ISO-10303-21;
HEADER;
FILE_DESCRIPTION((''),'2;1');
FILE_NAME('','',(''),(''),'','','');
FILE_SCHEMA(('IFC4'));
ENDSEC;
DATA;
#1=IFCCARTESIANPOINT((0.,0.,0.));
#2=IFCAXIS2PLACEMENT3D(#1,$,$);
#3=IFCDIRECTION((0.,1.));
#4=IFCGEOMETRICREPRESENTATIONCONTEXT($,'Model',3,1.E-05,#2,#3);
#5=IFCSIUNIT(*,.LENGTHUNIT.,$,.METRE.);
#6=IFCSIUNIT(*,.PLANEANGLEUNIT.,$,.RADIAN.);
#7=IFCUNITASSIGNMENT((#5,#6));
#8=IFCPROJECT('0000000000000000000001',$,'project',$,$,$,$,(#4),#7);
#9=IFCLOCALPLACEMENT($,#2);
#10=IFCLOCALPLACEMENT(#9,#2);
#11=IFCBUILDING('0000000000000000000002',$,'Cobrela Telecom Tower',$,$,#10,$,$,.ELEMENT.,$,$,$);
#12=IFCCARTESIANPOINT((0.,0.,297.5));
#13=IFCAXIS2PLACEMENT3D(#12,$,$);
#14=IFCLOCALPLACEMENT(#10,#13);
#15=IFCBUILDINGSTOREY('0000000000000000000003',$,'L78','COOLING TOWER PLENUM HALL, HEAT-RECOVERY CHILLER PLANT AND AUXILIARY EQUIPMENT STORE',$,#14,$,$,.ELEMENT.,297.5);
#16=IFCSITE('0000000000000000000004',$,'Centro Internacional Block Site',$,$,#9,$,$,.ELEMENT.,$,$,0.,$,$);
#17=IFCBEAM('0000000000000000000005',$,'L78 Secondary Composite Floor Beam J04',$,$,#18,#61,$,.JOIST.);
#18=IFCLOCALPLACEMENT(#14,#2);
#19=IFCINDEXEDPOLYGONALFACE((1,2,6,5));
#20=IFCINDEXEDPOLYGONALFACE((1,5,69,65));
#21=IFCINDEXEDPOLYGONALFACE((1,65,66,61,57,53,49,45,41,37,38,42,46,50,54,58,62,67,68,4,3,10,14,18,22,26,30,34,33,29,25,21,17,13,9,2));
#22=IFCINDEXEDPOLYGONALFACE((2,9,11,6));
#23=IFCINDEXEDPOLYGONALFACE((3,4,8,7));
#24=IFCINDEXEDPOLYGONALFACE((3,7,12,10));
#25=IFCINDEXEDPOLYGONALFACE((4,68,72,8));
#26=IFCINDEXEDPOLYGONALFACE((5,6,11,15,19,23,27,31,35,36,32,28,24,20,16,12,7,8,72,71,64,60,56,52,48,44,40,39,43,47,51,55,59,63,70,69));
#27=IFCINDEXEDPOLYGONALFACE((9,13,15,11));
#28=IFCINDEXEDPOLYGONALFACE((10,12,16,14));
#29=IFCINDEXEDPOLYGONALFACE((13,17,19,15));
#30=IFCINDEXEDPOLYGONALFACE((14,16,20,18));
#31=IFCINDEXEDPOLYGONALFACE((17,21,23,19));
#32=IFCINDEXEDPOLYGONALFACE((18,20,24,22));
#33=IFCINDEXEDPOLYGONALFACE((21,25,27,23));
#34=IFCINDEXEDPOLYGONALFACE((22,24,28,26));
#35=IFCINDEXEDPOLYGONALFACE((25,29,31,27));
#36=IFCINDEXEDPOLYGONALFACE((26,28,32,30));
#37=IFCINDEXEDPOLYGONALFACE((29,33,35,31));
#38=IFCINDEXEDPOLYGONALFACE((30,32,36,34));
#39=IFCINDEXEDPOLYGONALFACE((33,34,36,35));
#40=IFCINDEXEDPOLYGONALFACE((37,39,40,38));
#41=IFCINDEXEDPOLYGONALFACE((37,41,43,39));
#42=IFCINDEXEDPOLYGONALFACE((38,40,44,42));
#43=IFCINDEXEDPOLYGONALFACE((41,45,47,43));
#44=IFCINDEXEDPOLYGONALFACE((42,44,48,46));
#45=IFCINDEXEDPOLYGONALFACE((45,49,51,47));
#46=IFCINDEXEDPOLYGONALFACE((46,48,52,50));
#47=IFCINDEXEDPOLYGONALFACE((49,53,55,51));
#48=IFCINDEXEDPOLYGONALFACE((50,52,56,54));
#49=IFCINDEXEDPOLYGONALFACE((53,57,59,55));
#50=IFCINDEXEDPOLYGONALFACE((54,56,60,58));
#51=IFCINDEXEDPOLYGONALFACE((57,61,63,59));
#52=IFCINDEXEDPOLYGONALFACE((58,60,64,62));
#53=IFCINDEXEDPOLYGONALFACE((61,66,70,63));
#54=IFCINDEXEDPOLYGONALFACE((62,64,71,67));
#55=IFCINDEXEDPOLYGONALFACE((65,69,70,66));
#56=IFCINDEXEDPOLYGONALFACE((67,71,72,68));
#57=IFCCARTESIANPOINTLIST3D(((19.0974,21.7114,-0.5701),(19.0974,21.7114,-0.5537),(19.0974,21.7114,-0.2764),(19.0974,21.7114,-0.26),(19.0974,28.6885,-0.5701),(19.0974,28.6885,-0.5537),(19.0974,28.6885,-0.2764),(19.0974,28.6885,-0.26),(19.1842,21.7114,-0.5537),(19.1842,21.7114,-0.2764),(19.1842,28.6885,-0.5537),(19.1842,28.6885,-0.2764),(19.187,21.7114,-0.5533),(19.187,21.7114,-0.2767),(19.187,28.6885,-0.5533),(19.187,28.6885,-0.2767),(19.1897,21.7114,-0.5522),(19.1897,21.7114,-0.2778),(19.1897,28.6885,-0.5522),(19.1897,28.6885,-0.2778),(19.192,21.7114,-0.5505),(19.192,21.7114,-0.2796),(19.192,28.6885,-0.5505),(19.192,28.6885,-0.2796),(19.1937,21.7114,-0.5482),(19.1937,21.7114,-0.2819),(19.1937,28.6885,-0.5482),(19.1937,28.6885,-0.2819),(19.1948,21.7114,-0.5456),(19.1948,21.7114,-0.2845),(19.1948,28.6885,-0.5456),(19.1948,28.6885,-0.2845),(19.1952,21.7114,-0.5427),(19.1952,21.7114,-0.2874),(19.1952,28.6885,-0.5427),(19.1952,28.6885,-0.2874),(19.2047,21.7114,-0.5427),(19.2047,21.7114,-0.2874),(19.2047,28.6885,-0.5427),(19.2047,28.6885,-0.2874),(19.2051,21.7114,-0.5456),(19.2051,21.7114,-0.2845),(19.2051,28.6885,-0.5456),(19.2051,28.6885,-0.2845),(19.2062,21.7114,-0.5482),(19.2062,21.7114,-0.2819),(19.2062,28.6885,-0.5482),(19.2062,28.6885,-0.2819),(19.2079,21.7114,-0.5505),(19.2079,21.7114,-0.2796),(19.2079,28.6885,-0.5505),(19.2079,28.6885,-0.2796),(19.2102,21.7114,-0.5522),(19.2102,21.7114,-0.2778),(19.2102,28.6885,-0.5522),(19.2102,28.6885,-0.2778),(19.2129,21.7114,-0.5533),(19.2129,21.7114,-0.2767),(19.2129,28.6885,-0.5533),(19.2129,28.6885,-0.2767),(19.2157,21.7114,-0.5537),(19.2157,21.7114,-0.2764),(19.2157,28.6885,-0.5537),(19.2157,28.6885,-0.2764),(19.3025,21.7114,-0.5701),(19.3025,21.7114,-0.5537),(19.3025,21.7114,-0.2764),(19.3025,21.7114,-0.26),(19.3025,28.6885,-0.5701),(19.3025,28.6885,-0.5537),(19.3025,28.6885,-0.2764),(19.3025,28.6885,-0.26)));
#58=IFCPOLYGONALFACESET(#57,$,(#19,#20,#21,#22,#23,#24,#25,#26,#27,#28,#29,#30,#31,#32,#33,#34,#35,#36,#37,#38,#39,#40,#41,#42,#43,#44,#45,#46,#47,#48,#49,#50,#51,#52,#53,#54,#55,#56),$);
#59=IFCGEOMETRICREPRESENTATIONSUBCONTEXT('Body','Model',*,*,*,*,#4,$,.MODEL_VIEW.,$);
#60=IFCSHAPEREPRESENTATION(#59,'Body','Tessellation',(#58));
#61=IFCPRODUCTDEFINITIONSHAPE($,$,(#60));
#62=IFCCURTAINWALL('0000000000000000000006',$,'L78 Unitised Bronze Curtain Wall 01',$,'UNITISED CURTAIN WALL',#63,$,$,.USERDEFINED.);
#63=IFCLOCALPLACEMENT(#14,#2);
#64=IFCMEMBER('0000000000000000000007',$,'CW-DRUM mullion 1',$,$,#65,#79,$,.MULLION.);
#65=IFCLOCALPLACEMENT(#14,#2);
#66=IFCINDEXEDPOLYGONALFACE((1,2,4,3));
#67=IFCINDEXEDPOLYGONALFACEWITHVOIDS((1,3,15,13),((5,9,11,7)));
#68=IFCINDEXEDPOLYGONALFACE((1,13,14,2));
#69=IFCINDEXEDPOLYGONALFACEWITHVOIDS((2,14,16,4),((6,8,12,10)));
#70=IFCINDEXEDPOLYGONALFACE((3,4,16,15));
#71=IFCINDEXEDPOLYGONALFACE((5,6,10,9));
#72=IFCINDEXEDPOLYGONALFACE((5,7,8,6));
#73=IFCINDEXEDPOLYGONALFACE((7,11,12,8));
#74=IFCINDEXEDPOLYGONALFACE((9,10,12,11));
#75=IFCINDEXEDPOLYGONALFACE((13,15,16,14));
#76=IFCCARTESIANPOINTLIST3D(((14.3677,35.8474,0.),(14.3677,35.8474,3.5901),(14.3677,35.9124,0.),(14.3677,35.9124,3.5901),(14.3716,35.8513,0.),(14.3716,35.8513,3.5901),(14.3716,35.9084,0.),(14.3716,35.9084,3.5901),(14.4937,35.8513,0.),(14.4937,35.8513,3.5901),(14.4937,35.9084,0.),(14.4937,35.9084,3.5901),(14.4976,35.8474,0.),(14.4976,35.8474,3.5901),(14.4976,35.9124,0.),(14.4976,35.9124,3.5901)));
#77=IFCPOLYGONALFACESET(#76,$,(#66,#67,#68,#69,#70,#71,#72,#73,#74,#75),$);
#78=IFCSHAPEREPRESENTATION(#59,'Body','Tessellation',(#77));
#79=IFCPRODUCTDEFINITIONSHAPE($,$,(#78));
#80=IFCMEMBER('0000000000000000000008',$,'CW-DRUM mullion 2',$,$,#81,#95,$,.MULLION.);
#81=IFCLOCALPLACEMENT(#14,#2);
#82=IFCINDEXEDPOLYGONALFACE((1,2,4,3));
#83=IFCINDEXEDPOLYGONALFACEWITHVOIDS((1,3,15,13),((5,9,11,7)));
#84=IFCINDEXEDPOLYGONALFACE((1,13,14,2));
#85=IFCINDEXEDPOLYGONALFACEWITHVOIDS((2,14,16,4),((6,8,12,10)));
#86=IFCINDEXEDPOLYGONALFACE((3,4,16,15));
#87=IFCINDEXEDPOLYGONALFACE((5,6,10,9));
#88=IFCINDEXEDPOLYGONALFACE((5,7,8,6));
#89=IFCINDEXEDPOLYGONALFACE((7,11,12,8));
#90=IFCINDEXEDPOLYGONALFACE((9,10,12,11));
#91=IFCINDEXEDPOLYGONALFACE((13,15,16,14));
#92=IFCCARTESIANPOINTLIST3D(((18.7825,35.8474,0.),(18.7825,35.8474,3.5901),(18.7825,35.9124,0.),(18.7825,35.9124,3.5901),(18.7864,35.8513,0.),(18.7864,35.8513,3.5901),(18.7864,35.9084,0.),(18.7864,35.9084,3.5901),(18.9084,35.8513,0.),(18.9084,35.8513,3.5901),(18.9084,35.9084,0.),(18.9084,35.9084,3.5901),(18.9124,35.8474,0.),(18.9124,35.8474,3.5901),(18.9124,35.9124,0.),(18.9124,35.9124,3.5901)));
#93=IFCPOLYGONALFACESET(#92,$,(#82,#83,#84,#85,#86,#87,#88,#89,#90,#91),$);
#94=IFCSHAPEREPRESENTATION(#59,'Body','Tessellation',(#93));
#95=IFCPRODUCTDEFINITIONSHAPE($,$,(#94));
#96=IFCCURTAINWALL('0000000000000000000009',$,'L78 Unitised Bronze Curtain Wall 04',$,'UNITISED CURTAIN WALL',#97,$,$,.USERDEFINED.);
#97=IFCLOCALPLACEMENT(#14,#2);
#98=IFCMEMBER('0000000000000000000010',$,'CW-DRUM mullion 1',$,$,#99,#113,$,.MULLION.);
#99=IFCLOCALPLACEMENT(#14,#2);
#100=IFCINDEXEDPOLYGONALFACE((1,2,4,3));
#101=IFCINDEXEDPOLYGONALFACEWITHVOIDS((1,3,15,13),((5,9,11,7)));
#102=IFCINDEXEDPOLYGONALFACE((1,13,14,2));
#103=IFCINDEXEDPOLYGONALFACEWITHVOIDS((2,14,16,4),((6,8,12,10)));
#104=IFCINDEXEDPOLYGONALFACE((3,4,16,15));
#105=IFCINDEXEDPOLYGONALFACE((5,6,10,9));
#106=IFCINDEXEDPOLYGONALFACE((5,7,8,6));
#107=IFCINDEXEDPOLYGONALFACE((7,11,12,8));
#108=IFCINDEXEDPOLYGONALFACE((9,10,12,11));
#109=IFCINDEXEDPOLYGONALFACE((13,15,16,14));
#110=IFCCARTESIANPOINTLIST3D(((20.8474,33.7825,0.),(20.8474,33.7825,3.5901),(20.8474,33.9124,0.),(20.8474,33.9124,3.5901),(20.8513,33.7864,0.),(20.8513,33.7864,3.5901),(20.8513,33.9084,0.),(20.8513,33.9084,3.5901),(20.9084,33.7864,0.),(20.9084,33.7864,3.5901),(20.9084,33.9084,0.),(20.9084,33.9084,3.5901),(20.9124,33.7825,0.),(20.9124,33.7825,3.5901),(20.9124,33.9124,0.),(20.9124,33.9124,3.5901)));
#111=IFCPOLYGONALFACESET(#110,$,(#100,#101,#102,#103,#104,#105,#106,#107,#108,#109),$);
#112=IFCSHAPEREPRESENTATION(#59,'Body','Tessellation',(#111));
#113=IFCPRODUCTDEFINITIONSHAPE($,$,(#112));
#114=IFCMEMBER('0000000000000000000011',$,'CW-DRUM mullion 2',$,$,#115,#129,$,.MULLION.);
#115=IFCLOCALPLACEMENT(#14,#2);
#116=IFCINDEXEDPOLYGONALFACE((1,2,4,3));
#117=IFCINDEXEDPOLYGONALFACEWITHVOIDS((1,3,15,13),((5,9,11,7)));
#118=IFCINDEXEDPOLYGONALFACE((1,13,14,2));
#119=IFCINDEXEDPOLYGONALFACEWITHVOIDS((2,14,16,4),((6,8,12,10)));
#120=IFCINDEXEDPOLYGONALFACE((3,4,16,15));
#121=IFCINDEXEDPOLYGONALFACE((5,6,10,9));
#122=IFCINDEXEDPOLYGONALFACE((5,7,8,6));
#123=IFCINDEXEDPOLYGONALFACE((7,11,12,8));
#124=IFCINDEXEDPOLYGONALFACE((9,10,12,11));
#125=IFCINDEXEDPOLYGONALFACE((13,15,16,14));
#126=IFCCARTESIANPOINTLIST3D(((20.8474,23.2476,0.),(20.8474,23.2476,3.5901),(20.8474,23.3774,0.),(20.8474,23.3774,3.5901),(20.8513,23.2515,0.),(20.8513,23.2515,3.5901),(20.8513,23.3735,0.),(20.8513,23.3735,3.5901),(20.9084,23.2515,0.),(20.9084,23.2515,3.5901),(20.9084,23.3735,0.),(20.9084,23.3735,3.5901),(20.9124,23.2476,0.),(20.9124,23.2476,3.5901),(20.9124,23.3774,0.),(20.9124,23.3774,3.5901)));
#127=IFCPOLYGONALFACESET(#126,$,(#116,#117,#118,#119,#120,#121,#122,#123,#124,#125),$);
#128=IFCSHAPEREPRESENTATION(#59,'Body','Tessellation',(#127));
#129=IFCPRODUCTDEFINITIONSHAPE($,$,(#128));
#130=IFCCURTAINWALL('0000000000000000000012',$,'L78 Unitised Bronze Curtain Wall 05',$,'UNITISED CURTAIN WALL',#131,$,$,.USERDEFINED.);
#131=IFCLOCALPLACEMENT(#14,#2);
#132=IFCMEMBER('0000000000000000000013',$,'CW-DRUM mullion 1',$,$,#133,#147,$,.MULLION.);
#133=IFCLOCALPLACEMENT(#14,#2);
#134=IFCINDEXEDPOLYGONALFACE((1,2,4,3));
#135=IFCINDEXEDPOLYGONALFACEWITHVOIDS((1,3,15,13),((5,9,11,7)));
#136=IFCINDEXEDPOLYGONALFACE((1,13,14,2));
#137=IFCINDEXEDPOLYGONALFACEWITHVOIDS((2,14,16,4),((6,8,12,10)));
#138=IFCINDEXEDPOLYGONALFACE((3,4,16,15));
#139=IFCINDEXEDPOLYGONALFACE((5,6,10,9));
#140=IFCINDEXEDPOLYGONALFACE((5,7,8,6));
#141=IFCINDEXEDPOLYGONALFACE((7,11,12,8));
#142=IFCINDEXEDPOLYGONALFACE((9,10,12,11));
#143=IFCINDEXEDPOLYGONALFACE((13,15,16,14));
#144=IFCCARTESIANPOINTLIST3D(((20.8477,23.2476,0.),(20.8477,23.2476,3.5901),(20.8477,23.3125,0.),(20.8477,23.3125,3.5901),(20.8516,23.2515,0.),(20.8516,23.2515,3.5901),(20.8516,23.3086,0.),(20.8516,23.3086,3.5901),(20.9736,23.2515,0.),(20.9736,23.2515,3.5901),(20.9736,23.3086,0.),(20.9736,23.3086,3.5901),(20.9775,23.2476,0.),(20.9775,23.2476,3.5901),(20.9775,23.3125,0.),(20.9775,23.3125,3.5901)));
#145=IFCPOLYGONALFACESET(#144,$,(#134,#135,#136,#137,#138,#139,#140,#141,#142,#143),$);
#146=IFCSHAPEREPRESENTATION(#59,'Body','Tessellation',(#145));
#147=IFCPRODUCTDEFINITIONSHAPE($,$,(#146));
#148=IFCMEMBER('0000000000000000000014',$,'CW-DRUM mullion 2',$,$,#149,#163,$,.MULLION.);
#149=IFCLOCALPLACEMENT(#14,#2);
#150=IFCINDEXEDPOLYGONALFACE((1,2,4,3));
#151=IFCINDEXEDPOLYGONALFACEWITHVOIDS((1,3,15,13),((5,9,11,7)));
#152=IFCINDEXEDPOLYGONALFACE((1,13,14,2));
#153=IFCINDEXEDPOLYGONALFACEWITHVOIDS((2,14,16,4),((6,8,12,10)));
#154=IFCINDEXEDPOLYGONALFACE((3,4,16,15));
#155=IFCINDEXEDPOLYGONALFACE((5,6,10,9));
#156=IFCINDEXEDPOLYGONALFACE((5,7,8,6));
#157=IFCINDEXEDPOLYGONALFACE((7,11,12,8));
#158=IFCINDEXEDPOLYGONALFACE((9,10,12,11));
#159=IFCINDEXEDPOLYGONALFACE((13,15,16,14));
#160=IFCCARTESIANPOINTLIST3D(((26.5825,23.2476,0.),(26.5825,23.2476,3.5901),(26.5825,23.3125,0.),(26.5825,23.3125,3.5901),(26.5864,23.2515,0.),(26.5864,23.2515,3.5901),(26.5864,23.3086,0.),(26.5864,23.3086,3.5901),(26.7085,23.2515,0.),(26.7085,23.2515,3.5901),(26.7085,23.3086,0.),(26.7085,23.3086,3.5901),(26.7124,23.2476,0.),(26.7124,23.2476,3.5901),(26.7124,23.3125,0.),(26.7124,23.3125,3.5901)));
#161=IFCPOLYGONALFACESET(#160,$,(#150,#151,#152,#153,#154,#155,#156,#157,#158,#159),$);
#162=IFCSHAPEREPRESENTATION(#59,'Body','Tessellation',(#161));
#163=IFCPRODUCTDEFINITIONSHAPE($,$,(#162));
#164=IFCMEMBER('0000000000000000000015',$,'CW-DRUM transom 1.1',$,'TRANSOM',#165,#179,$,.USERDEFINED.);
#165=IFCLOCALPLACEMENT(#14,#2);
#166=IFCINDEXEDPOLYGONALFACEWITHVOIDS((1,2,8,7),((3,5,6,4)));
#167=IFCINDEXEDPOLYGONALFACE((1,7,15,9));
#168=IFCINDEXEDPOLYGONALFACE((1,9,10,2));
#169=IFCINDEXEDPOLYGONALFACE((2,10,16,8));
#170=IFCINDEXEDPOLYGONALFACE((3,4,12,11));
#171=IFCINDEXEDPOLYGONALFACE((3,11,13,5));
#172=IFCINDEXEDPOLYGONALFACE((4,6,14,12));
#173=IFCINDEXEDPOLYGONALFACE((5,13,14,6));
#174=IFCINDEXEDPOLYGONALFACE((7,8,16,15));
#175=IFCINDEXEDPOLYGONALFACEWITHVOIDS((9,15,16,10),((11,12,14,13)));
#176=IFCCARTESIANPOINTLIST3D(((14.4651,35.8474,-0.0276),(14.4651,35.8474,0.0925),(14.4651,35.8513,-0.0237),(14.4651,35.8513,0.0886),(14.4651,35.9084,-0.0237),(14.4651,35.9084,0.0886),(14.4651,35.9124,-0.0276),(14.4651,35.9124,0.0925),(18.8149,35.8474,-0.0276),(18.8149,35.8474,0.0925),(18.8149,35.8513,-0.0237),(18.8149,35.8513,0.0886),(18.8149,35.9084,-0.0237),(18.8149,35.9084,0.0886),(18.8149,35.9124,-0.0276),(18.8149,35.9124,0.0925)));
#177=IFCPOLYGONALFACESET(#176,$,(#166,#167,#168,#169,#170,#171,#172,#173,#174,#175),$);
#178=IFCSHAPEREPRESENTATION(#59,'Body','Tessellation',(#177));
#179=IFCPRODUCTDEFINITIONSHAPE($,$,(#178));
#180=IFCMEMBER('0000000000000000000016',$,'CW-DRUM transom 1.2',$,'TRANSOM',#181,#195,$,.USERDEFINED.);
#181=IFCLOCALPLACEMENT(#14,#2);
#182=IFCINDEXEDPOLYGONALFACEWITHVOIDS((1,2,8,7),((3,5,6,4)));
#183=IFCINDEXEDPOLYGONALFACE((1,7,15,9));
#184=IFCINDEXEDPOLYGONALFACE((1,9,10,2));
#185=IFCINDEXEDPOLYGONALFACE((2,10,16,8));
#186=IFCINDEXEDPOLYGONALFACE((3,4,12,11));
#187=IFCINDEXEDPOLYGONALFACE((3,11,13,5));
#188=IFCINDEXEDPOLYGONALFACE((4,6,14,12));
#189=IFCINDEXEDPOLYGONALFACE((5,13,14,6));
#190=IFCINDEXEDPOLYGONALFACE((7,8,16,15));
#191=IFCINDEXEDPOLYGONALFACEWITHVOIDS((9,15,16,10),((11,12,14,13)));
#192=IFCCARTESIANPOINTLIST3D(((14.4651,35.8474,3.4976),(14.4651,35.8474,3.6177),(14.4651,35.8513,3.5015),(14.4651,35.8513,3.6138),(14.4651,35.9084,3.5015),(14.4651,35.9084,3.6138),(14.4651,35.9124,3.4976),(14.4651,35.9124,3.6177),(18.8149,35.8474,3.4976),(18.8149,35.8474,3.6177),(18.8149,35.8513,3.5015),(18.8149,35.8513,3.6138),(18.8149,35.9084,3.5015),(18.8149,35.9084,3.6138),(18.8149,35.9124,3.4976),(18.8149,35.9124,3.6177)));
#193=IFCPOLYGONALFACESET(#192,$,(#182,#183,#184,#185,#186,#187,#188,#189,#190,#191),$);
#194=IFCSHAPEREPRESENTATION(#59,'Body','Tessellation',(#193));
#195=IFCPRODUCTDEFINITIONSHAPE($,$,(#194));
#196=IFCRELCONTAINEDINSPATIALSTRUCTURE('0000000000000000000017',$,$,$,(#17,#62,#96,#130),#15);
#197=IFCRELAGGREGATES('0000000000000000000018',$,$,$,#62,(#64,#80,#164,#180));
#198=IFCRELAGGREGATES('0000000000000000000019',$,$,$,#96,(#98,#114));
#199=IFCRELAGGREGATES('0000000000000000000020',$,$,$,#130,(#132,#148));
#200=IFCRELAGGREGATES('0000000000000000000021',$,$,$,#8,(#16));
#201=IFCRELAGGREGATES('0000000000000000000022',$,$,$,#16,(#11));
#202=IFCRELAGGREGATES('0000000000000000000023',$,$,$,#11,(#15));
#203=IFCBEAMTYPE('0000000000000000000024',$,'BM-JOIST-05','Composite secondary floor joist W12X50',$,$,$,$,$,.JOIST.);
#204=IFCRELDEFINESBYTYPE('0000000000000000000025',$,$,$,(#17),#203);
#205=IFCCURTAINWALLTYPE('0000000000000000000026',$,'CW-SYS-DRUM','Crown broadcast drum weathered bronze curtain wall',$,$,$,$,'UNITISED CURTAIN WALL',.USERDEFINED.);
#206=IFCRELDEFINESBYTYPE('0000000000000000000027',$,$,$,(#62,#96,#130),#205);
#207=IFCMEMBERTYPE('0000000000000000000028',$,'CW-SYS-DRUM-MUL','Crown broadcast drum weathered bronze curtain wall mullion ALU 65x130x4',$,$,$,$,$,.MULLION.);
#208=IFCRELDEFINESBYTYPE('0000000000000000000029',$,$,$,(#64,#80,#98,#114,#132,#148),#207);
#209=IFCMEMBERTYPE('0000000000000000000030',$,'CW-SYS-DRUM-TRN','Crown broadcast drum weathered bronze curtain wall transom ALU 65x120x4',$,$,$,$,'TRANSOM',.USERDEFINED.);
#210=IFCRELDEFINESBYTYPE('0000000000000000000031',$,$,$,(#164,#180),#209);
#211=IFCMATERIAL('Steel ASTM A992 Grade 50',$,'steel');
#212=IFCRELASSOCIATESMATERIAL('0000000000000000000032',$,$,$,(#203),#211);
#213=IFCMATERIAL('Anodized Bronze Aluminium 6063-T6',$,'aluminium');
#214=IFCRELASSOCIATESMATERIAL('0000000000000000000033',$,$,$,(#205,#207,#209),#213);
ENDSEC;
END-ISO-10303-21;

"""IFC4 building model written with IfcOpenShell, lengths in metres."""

from ifc_helpers import new_model, si_unit, direction, frame, origin, origin_2d, place, context, subcontext, project, spatial, hollow_rectangle, i_section, extrude, material, material_profile, profile_set, type_object, element, aggregate, save


model = new_model("IFC4")

# Units and contexts
model_context = context("Model", 3, precision=1e-05, world=origin(), true_north=direction((0.0, 1.0)))
body_context = subcontext(model_context, "Body", "Model", "MODEL_VIEW")
ifc_project = project(units=[si_unit("LENGTHUNIT", "METRE"), si_unit("PLANEANGLEUNIT", "RADIAN")], contexts=[model_context])

# Site, building, storey
site_placement = place(None, origin())
site = spatial("IfcSite", under=ifc_project, at=site_placement, Name="Centro Internacional Block Site", CompositionType="ELEMENT", RefElevation=0.0)
building_placement = place(site_placement, origin())
building = spatial("IfcBuilding", under=site, at=building_placement, Name="Cobrela Telecom Tower", CompositionType="ELEMENT")
storey_placement = place(building_placement, frame((0.0, 0.0, 297.5)))
storey = spatial("IfcBuildingStorey", under=building, at=storey_placement, Name="L78", Description="COOLING TOWER PLENUM HALL, HEAT-RECOVERY CHILLER PLANT AND AUXILIARY EQUIPMENT STORE", CompositionType="ELEMENT", Elevation=297.5)

# Beam
ifc_material_1 = material(Name="Steel ASTM A992 Grade 50", Category="steel")
ifc_material_profile_1 = material_profile(ifc_material_1, i_section(OverallWidth=0.2051, OverallDepth=0.3101, WebThickness=0.0095, FlangeThickness=0.0164, FilletRadius=0.011, at=origin_2d()), Name="W12X50")
ifc_profile_set_1 = profile_set([ifc_material_profile_1], Name="Steel ASTM A992 Grade 50")
beam_type_1 = type_object("IfcBeamType", Name="BM-JOIST-05", Description="Composite secondary floor joist W12X50", PredefinedType="JOIST", material=ifc_profile_set_1)
for number, where, z_axis, x_axis, name in (
    (1, (19.2, 21.7114, -0.415), (0.0, 1.0, 0.0), (-1.0, 0.0, 0.0), "L78 Secondary Composite Floor Beam J04"),
):
    element("IfcBeam", number, at=place(storey_placement, frame(where, z_axis=z_axis, x_axis=x_axis)), inside=storey, type_object=beam_type_1, Name=name, PredefinedType="JOIST", context=body_context, shape_type="SweptSolid", body=[
        extrude(i_section(OverallWidth=0.2051, OverallDepth=0.3101, WebThickness=0.0095, FlangeThickness=0.0164, FilletRadius=0.011, at=origin_2d()), origin(), (0.0, 0.0, 1.0), 6.9771),
    ])

# Curtain walls, members
ifc_material_2 = material(Name="Anodized Bronze Aluminium 6063-T6", Category="aluminium")
curtain_wall_type = type_object("IfcCurtainWallType", Name="CW-SYS-DRUM", Description="Crown broadcast drum weathered bronze curtain wall", ElementType="UNITISED CURTAIN WALL", PredefinedType="USERDEFINED", material=ifc_material_2)
curtain_wall_1_placement = place(storey_placement, origin())
curtain_wall_1 = element("IfcCurtainWall", 2, at=curtain_wall_1_placement, inside=storey, type_object=curtain_wall_type, Name="L78 Unitised Bronze Curtain Wall 01", ObjectType="UNITISED CURTAIN WALL", PredefinedType="USERDEFINED")
ifc_material_profile_2 = material_profile(ifc_material_2, hollow_rectangle(XDim=0.0649, YDim=0.1299, WallThickness=0.0039, at=origin_2d()), Name="ALU 65x130x4")
ifc_profile_set_2 = profile_set([ifc_material_profile_2], Name="Anodized Bronze Aluminium 6063-T6")
member_type_1 = type_object("IfcMemberType", Name="CW-SYS-DRUM-MUL", Description="Crown broadcast drum weathered bronze curtain wall mullion ALU 65x130x4", PredefinedType="MULLION", material=ifc_profile_set_2)
member_1_placement = place(storey_placement, frame((14.4326, 35.8799, 0.0), z_axis=(0.0, 0.0, 1.0), x_axis=(0.0, 1.0, 0.0)))
member_1 = element("IfcMember", 3, at=member_1_placement, type_object=member_type_1, Name="CW-DRUM mullion 1", PredefinedType="MULLION", context=body_context, shape_type="SweptSolid", body=[
    extrude(hollow_rectangle(XDim=0.0649, YDim=0.1299, WallThickness=0.0039, at=origin_2d()), origin(), (0.0, 0.0, 1.0), 3.5901),
])
member_2_placement = place(storey_placement, frame((18.8474, 35.8799, 0.0), z_axis=(0.0, 0.0, 1.0), x_axis=(0.0, 1.0, 0.0)))
member_2 = element("IfcMember", 4, at=member_2_placement, type_object=member_type_1, Name="CW-DRUM mullion 2", PredefinedType="MULLION", context=body_context, shape_type="SweptSolid", body=[
    extrude(hollow_rectangle(XDim=0.0649, YDim=0.1299, WallThickness=0.0039, at=origin_2d()), origin(), (0.0, 0.0, 1.0), 3.5901),
])
curtain_wall_2_placement = place(storey_placement, origin())
curtain_wall_2 = element("IfcCurtainWall", 5, at=curtain_wall_2_placement, inside=storey, type_object=curtain_wall_type, Name="L78 Unitised Bronze Curtain Wall 04", ObjectType="UNITISED CURTAIN WALL", PredefinedType="USERDEFINED")
member_3_placement = place(storey_placement, frame((20.8799, 33.8474, 0.0), z_axis=(0.0, 0.0, 1.0), x_axis=(1.0, 0.0, 0.0)))
member_3 = element("IfcMember", 6, at=member_3_placement, type_object=member_type_1, Name="CW-DRUM mullion 1", PredefinedType="MULLION", context=body_context, shape_type="SweptSolid", body=[
    extrude(hollow_rectangle(XDim=0.0649, YDim=0.1299, WallThickness=0.0039, at=origin_2d()), origin(), (0.0, 0.0, 1.0), 3.5901),
])
member_4_placement = place(storey_placement, frame((20.8799, 23.3125, 0.0), z_axis=(0.0, 0.0, 1.0), x_axis=(1.0, 0.0, 0.0)))
member_4 = element("IfcMember", 7, at=member_4_placement, type_object=member_type_1, Name="CW-DRUM mullion 2", PredefinedType="MULLION", context=body_context, shape_type="SweptSolid", body=[
    extrude(hollow_rectangle(XDim=0.0649, YDim=0.1299, WallThickness=0.0039, at=origin_2d()), origin(), (0.0, 0.0, 1.0), 3.5901),
])
curtain_wall_3_placement = place(storey_placement, origin())
curtain_wall_3 = element("IfcCurtainWall", 8, at=curtain_wall_3_placement, inside=storey, type_object=curtain_wall_type, Name="L78 Unitised Bronze Curtain Wall 05", ObjectType="UNITISED CURTAIN WALL", PredefinedType="USERDEFINED")
member_5_placement = place(storey_placement, frame((20.9126, 23.28, 0.0), z_axis=(0.0, 0.0, 1.0), x_axis=(0.0, 1.0, 0.0)))
member_5 = element("IfcMember", 9, at=member_5_placement, type_object=member_type_1, Name="CW-DRUM mullion 1", PredefinedType="MULLION", context=body_context, shape_type="SweptSolid", body=[
    extrude(hollow_rectangle(XDim=0.0649, YDim=0.1299, WallThickness=0.0039, at=origin_2d()), origin(), (0.0, 0.0, 1.0), 3.5901),
])
member_6_placement = place(storey_placement, frame((26.6475, 23.28, 0.0), z_axis=(0.0, 0.0, 1.0), x_axis=(0.0, 1.0, 0.0)))
member_6 = element("IfcMember", 10, at=member_6_placement, type_object=member_type_1, Name="CW-DRUM mullion 2", PredefinedType="MULLION", context=body_context, shape_type="SweptSolid", body=[
    extrude(hollow_rectangle(XDim=0.0649, YDim=0.1299, WallThickness=0.0039, at=origin_2d()), origin(), (0.0, 0.0, 1.0), 3.5901),
])

# Members
ifc_material_profile_3 = material_profile(ifc_material_2, hollow_rectangle(XDim=0.0649, YDim=0.1201, WallThickness=0.0039, at=origin_2d()), Name="ALU 65x120x4")
ifc_profile_set_3 = profile_set([ifc_material_profile_3], Name="Anodized Bronze Aluminium 6063-T6")
member_type_2 = type_object("IfcMemberType", Name="CW-SYS-DRUM-TRN", Description="Crown broadcast drum weathered bronze curtain wall transom ALU 65x120x4", ElementType="TRANSOM", PredefinedType="USERDEFINED", material=ifc_profile_set_3)
member_7_placement = place(storey_placement, frame((14.4651, 35.8799, 0.0325), z_axis=(1.0, 0.0, 0.0), x_axis=(0.0, 1.0, 0.0)))
member_7 = element("IfcMember", 11, at=member_7_placement, type_object=member_type_2, Name="CW-DRUM transom 1.1", ObjectType="TRANSOM", PredefinedType="USERDEFINED", context=body_context, shape_type="SweptSolid", body=[
    extrude(hollow_rectangle(XDim=0.0649, YDim=0.1201, WallThickness=0.0039, at=origin_2d()), origin(), (0.0, 0.0, 1.0), 4.3499),
])
member_8_placement = place(storey_placement, frame((14.4651, 35.8799, 3.5576), z_axis=(1.0, 0.0, 0.0), x_axis=(0.0, 1.0, 0.0)))
member_8 = element("IfcMember", 12, at=member_8_placement, type_object=member_type_2, Name="CW-DRUM transom 1.2", ObjectType="TRANSOM", PredefinedType="USERDEFINED", context=body_context, shape_type="SweptSolid", body=[
    extrude(hollow_rectangle(XDim=0.0649, YDim=0.1201, WallThickness=0.0039, at=origin_2d()), origin(), (0.0, 0.0, 1.0), 4.3499),
])

aggregate(curtain_wall_1, [member_1, member_2, member_7, member_8])
aggregate(curtain_wall_2, [member_3, member_4])
aggregate(curtain_wall_3, [member_5, member_6])

save(model, "model.ifc")
